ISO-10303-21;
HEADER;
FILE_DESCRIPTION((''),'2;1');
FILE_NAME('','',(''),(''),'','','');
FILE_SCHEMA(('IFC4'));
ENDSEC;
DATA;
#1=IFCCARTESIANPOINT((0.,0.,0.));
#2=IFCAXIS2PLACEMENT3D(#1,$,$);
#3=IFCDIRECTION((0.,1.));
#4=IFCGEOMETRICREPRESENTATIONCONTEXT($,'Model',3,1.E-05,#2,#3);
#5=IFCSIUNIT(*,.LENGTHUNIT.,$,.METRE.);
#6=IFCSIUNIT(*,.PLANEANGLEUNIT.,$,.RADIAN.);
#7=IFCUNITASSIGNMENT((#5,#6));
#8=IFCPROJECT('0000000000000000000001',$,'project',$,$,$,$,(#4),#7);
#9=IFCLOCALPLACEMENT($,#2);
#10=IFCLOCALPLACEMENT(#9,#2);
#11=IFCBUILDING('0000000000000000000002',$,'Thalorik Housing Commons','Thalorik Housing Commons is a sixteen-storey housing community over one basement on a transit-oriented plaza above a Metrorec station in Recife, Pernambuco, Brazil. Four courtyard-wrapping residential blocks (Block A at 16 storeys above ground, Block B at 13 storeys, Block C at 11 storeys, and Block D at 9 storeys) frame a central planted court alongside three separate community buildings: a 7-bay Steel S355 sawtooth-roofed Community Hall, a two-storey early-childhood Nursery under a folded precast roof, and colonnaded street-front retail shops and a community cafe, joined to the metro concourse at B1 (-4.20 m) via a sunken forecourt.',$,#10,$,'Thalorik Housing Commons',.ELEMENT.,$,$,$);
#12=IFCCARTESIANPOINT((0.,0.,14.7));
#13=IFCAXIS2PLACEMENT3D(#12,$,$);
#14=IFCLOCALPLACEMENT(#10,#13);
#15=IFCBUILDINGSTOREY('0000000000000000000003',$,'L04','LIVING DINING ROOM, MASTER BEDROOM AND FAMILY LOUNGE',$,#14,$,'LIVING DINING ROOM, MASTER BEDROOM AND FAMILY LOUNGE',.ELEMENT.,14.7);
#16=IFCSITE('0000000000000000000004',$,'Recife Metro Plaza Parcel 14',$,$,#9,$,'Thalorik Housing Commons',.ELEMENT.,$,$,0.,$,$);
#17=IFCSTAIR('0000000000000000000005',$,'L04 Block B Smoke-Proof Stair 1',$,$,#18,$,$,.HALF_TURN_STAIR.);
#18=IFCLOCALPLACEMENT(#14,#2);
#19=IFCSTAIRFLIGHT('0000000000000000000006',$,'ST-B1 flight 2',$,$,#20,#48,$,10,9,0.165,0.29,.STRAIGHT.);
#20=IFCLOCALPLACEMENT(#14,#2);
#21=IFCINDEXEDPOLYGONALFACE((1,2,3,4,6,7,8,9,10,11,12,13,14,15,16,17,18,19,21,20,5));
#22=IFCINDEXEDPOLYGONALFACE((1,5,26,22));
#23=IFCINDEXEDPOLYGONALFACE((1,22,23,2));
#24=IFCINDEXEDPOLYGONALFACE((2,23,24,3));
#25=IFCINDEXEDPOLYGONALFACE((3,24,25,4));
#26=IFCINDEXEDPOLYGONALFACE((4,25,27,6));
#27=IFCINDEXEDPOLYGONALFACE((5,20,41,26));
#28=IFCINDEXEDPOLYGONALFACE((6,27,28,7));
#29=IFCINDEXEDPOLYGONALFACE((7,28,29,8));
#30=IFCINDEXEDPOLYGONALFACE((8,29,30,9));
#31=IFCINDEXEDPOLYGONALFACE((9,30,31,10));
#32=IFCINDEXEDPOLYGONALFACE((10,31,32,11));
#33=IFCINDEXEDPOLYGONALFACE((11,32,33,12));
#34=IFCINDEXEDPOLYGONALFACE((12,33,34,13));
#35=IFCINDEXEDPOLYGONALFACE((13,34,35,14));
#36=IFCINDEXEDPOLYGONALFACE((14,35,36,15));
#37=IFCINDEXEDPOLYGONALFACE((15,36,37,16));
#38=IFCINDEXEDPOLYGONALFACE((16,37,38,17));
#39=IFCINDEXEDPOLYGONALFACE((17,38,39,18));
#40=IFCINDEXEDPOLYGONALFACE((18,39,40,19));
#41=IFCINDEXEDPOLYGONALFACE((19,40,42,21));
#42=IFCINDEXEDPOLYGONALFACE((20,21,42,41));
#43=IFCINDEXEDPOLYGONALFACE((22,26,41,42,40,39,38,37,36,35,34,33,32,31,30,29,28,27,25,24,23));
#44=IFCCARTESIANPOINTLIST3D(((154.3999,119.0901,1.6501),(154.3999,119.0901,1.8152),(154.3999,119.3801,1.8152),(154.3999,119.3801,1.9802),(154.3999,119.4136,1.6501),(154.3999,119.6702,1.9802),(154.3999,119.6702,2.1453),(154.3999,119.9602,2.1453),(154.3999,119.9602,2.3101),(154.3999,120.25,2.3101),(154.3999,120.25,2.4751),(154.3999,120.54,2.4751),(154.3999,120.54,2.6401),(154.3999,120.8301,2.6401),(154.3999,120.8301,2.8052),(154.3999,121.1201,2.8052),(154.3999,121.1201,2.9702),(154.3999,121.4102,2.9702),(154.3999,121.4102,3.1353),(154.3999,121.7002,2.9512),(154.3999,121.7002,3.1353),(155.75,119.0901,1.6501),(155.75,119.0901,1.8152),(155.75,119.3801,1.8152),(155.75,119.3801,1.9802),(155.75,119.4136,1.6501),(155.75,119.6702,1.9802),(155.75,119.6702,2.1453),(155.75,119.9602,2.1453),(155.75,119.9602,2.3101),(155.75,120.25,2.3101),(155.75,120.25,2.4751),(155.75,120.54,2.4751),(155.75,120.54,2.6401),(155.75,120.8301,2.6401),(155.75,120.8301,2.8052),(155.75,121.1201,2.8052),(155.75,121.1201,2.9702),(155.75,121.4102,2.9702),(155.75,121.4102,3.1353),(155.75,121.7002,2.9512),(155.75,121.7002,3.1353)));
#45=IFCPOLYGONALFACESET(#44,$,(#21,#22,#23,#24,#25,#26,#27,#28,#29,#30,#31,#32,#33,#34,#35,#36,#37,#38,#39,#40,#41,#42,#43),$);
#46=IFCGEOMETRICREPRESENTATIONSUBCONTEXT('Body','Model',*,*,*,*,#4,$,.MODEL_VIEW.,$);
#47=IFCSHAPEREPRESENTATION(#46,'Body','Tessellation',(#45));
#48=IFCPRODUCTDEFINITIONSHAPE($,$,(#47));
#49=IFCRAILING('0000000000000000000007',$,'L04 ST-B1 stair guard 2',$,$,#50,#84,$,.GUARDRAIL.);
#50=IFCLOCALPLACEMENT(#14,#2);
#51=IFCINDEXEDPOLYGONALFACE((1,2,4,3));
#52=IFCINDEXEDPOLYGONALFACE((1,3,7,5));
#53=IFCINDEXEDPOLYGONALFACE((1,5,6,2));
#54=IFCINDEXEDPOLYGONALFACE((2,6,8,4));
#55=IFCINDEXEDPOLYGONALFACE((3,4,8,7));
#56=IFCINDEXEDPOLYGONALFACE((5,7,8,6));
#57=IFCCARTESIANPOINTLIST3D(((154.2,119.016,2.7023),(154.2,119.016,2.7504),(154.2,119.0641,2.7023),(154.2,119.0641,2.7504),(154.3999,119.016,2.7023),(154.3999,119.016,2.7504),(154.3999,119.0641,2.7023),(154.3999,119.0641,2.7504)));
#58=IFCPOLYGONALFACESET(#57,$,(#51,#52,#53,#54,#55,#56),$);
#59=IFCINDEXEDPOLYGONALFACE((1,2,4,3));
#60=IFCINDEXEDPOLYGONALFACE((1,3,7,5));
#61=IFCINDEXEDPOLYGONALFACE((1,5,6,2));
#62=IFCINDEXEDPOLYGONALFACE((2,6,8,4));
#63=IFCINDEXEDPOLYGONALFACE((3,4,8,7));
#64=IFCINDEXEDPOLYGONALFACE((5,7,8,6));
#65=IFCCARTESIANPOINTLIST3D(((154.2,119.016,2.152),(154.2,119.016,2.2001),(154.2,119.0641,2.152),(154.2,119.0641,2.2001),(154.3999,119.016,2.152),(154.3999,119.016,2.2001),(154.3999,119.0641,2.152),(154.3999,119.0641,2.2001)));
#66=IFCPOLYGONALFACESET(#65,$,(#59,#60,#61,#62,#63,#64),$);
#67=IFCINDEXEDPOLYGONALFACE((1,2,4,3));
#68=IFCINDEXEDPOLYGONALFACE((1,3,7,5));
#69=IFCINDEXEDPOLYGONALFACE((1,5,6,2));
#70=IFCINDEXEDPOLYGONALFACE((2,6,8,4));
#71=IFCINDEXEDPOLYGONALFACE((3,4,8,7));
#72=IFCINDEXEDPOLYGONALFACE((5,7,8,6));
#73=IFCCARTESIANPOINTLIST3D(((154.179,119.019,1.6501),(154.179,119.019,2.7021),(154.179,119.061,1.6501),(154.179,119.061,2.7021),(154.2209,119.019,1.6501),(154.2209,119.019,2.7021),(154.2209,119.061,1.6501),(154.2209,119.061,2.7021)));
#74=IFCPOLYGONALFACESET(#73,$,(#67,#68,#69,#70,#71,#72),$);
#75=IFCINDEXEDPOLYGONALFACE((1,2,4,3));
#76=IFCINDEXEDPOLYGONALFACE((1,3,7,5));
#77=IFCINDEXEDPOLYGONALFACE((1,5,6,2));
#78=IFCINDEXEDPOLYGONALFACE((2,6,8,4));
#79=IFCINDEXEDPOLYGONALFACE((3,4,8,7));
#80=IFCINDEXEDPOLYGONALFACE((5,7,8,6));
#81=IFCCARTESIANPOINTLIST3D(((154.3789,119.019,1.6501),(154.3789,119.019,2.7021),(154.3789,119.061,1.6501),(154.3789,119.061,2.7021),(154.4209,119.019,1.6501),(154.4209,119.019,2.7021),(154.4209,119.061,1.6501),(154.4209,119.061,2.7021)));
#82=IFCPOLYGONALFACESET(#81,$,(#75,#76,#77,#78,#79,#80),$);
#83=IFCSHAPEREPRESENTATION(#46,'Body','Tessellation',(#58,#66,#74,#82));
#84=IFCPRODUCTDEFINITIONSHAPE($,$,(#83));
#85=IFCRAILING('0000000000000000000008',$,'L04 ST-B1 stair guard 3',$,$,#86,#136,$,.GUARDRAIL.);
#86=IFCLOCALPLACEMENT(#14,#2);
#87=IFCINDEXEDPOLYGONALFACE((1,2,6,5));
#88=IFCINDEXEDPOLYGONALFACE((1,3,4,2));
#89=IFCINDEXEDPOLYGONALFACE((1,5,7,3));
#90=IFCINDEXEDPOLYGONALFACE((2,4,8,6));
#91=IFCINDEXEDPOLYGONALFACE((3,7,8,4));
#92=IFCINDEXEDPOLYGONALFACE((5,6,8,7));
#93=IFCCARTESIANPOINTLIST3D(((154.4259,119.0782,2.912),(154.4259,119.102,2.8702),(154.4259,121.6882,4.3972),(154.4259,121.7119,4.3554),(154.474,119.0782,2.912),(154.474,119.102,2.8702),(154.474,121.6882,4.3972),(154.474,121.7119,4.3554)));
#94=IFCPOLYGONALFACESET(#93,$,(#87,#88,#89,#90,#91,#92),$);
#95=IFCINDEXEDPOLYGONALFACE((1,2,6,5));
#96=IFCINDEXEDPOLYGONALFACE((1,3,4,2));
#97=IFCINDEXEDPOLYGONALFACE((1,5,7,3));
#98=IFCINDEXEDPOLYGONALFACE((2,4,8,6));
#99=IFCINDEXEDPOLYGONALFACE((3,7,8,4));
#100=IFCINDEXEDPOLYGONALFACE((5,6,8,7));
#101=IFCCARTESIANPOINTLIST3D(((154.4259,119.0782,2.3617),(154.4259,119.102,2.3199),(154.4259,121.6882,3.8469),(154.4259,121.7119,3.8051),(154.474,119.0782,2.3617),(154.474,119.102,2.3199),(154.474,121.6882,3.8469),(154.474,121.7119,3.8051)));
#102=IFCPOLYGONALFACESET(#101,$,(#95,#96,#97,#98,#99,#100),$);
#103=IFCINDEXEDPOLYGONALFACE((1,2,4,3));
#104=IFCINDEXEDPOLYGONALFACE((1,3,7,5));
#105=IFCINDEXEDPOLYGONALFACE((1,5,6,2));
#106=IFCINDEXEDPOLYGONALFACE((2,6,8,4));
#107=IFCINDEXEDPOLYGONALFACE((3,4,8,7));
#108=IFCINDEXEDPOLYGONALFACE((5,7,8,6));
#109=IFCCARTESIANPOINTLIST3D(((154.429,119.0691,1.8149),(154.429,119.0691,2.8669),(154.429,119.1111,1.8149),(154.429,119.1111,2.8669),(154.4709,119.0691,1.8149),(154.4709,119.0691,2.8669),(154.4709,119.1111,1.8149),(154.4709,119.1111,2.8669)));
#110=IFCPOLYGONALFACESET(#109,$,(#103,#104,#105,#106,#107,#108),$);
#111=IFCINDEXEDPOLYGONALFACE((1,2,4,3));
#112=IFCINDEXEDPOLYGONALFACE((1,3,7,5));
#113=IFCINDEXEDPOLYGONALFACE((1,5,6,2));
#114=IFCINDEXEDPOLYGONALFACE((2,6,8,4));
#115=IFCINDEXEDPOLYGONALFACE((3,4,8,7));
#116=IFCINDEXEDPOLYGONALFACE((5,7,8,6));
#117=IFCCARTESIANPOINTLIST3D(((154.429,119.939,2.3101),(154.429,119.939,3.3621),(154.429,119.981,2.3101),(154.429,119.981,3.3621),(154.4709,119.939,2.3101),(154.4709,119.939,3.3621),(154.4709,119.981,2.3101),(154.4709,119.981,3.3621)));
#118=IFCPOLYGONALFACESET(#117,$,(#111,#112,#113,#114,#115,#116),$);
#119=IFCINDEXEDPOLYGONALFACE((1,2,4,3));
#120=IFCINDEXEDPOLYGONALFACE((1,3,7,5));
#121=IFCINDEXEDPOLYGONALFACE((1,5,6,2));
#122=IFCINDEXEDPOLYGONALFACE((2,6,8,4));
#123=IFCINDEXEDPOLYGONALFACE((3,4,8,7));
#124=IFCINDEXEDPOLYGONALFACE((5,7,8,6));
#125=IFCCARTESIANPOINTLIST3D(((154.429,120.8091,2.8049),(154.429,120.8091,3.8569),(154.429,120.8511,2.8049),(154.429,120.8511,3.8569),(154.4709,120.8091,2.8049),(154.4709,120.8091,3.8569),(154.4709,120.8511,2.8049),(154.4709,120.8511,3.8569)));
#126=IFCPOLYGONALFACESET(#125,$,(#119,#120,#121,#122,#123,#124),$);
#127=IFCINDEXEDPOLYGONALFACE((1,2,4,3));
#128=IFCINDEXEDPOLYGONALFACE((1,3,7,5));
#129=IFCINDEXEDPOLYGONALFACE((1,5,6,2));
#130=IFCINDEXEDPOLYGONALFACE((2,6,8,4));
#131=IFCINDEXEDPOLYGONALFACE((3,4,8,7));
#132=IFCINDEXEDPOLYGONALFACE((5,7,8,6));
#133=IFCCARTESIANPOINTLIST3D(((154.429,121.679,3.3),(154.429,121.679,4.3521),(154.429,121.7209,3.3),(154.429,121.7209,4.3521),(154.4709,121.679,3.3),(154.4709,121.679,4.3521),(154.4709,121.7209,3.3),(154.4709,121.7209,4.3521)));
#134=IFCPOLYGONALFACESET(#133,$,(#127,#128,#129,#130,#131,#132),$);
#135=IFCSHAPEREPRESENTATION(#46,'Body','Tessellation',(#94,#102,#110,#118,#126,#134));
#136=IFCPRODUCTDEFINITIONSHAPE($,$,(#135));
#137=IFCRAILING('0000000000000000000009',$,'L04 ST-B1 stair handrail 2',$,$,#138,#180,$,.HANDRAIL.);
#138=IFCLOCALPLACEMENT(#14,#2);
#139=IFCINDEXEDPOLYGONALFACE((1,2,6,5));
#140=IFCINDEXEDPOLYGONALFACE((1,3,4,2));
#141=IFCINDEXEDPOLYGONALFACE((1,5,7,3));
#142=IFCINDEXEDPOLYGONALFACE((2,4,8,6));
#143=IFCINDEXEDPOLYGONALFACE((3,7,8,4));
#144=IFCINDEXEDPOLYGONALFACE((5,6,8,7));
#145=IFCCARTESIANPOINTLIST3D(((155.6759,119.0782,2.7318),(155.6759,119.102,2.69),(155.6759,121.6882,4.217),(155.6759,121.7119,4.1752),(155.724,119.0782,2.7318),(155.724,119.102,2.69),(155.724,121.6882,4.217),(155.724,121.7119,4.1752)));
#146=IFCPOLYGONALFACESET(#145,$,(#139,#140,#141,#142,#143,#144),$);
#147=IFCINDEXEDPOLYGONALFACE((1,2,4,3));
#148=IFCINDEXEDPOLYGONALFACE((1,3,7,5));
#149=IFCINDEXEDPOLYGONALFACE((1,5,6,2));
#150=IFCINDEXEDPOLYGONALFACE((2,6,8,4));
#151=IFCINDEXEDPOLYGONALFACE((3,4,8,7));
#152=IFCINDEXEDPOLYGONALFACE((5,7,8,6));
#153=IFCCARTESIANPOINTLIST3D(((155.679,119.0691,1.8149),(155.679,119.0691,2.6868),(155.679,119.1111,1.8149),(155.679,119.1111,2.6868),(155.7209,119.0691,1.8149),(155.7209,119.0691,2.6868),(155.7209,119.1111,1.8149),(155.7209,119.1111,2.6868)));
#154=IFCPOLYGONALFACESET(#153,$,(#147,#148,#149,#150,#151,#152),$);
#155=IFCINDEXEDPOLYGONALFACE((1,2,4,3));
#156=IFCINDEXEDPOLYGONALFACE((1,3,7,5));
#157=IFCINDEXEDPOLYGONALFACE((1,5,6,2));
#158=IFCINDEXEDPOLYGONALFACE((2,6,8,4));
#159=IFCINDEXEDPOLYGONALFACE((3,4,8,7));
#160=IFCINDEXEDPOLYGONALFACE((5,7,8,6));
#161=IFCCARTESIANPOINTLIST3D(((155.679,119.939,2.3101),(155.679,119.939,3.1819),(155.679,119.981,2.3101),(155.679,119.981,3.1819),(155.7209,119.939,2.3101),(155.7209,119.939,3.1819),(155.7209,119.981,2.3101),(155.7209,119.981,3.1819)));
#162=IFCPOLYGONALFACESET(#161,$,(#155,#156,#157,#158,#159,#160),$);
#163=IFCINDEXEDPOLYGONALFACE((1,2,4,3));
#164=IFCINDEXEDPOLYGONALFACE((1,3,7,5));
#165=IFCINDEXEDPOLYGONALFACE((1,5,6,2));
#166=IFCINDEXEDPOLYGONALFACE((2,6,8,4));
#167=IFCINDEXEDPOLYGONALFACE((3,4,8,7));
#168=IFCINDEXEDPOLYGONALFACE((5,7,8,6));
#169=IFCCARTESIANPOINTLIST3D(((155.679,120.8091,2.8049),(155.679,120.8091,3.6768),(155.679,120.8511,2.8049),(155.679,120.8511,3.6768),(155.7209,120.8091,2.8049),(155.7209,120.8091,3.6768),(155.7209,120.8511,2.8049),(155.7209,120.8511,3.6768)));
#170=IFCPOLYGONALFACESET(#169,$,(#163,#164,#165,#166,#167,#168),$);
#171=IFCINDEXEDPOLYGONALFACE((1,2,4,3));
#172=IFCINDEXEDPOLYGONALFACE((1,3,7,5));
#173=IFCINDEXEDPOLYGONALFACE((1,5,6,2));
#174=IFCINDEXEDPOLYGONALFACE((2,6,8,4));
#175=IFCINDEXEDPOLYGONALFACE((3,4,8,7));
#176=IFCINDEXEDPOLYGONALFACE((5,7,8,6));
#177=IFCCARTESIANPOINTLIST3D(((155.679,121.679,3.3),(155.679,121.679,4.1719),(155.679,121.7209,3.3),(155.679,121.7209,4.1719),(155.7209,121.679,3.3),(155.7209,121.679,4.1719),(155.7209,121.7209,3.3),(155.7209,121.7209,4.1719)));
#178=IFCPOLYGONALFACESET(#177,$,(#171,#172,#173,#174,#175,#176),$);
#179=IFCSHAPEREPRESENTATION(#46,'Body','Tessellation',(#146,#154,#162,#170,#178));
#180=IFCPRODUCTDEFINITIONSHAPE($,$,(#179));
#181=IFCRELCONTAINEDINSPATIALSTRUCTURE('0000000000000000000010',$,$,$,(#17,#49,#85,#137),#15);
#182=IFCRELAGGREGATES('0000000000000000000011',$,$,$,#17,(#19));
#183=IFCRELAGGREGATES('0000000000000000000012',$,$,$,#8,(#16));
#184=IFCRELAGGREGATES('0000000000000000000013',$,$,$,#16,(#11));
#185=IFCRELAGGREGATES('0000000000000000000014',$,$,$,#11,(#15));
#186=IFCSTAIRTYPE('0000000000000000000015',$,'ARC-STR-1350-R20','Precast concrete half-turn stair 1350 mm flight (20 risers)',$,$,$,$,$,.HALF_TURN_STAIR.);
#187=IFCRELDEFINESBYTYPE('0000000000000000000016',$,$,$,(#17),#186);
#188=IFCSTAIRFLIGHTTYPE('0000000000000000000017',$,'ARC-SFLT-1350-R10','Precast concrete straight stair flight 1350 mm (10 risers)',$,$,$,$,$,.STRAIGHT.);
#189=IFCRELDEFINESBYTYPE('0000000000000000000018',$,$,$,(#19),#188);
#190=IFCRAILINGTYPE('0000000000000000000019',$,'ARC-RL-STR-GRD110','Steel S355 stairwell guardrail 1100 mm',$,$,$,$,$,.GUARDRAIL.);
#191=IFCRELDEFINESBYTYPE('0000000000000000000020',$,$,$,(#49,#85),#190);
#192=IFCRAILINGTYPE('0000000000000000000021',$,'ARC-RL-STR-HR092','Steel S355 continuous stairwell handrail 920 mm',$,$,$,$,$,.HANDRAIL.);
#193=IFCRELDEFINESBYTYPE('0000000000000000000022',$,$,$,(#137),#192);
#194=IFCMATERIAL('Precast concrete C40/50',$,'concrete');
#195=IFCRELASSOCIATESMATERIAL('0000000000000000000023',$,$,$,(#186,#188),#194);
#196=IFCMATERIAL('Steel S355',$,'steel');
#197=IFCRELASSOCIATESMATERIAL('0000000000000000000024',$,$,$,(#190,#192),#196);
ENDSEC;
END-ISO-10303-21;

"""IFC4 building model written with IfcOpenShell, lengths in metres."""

from ifc_helpers import new_model, si_unit, direction, frame, origin, origin_2d, place, context, subcontext, project, spatial, polyline, rectangle, outline, extrude, material, type_object, element, aggregate, save


model = new_model("IFC4")

# Units and contexts
model_context = context("Model", 3, precision=1e-05, world=origin(), true_north=direction((0.0, 1.0)))
body_context = subcontext(model_context, "Body", "Model", "MODEL_VIEW")
ifc_project = project(units=[si_unit("LENGTHUNIT", "METRE"), si_unit("PLANEANGLEUNIT", "RADIAN")], contexts=[model_context])

# Site, building, storey
site_placement = place(None, origin())
site = spatial("IfcSite", under=ifc_project, at=site_placement, Name="Recife Metro Plaza Parcel 14", LongName="Thalorik Housing Commons", CompositionType="ELEMENT", RefElevation=0.0)
building_placement = place(site_placement, origin())
building = spatial("IfcBuilding", under=site, at=building_placement, Name="Thalorik Housing Commons", Description="Thalorik Housing Commons is a sixteen-storey housing community over one basement on a transit-oriented plaza above a Metrorec station in Recife, Pernambuco, Brazil. Four courtyard-wrapping residential blocks (Block A at 16 storeys above ground, Block B at 13 storeys, Block C at 11 storeys, and Block D at 9 storeys) frame a central planted court alongside three separate community buildings: a 7-bay Steel S355 sawtooth-roofed Community Hall, a two-storey early-childhood Nursery under a folded precast roof, and colonnaded street-front retail shops and a community cafe, joined to the metro concourse at B1 (-4.20 m) via a sunken forecourt.", LongName="Thalorik Housing Commons", CompositionType="ELEMENT")
storey_placement = place(building_placement, frame((0.0, 0.0, 14.7)))
storey = spatial("IfcBuildingStorey", under=building, at=storey_placement, Name="L04", Description="LIVING DINING ROOM, MASTER BEDROOM AND FAMILY LOUNGE", LongName="LIVING DINING ROOM, MASTER BEDROOM AND FAMILY LOUNGE", CompositionType="ELEMENT", Elevation=14.7)

# Shared definitions
ifc_material_1 = material(Name="Precast concrete C40/50", Category="concrete")

# Shared definitions
ifc_material_2 = material(Name="Steel S355", Category="steel")

# Stair, stair flight
stair_type = type_object("IfcStairType", Name="ARC-STR-1350-R20", Description="Precast concrete half-turn stair 1350 mm flight (20 risers)", PredefinedType="HALF_TURN_STAIR", material=ifc_material_1)
stair_placement = place(storey_placement, origin())
stair = element("IfcStair", 1, at=stair_placement, inside=storey, type_object=stair_type, Name="L04 Block B Smoke-Proof Stair 1", PredefinedType="HALF_TURN_STAIR")
stair_flight_type = type_object("IfcStairFlightType", Name="ARC-SFLT-1350-R10", Description="Precast concrete straight stair flight 1350 mm (10 risers)", PredefinedType="STRAIGHT", material=ifc_material_1)
stair_flight_placement = place(storey_placement, frame((155.075, 119.0901, 1.6501), z_axis=(0.0, 0.0, 1.0), x_axis=(0.0, 1.0, 0.0)))
stair_flight = element("IfcStairFlight", 2, at=stair_flight_placement, type_object=stair_flight_type, Name="ST-B1 flight 2", NumberOfRisers=10, NumberOfTreads=9, PredefinedType="STRAIGHT", RiserHeight=0.165, TreadLength=0.29, context=body_context, shape_type="SweptSolid", body=[
    extrude(outline(polyline([(0.0, 0.0), (0.0, 0.165), (0.29, 0.165), (0.29, 0.3301), (0.5801, 0.3301), (0.5801, 0.4951), (0.8701, 0.4951), (0.8701, 0.6599), (1.1599, 0.6599), (1.1599, 0.825), (1.45, 0.825), (1.45, 0.99), (1.74, 0.99), (1.74, 1.155), (2.03, 1.155), (2.03, 1.3201), (2.3201, 1.3201), (2.3201, 1.4851), (2.6101, 1.4851), (2.6101, 1.6499), (2.6101, 1.301), (0.3235, 0.0), (0.0, 0.0)])), frame((0.0, 0.675, 0.0), z_axis=(0.0, -1.0, 0.0), x_axis=(1.0, 0.0, 0.0)), (0.0, 0.0, 1.0), 1.3501),
])
aggregate(stair, [stair_flight])

# Railings
railing_type_1 = type_object("IfcRailingType", Name="ARC-RL-STR-GRD110", Description="Steel S355 stairwell guardrail 1100 mm", PredefinedType="GUARDRAIL", material=ifc_material_2)
railing_1_placement = place(storey_placement, frame((154.2, 119.04, 1.6501)))
element("IfcRailing", 3, at=railing_1_placement, inside=storey, type_object=railing_type_1, Name="L04 ST-B1 stair guard 2", PredefinedType="GUARDRAIL", context=body_context, shape_type="SweptSolid", body=[
    extrude(rectangle(XDim=0.0481, YDim=0.0481, at=origin_2d()), frame((0.0, 0.0, 1.0762), z_axis=(1.0, 0.0, 0.0), x_axis=(0.0, 1.0, 0.0)), (0.0, 0.0, 1.0), 0.2),
    extrude(rectangle(XDim=0.0481, YDim=0.0481, at=origin_2d()), frame((0.0, 0.0, 0.5259), z_axis=(1.0, 0.0, 0.0), x_axis=(0.0, 1.0, 0.0)), (0.0, 0.0, 1.0), 0.2),
    extrude(rectangle(XDim=0.042, YDim=0.042, at=origin_2d()), origin(), (0.0, 0.0, 1.0), 1.052),
    extrude(rectangle(XDim=0.042, YDim=0.042, at=origin_2d()), frame((0.2, 0.0, 0.0)), (0.0, 0.0, 1.0), 1.052),
])
railing_2_placement = place(storey_placement, frame((154.45, 119.0901, 1.8149)))
element("IfcRailing", 4, at=railing_2_placement, inside=storey, type_object=railing_type_1, Name="L04 ST-B1 stair guard 3", PredefinedType="GUARDRAIL", context=body_context, shape_type="SweptSolid", body=[
    extrude(rectangle(XDim=0.0481, YDim=0.0481, at=origin_2d()), frame((0.0, 0.0, 1.0762), z_axis=(0.0, 0.869137, 0.494571), x_axis=(-1.0, 0.0, 0.0)), (0.0, 0.0, 1.0), 3.0029),
    extrude(rectangle(XDim=0.0481, YDim=0.0481, at=origin_2d()), frame((0.0, 0.0, 0.5259), z_axis=(0.0, 0.869137, 0.494571), x_axis=(-1.0, 0.0, 0.0)), (0.0, 0.0, 1.0), 3.0029),
    extrude(rectangle(XDim=0.042, YDim=0.042, at=origin_2d()), origin(), (0.0, 0.0, 1.0), 1.052),
    extrude(rectangle(XDim=0.042, YDim=0.042, at=origin_2d()), frame((0.0, 0.8699, 0.4951)), (0.0, 0.0, 1.0), 1.052),
    extrude(rectangle(XDim=0.042, YDim=0.042, at=origin_2d()), frame((0.0, 1.74, 0.99)), (0.0, 0.0, 1.0), 1.052),
    extrude(rectangle(XDim=0.042, YDim=0.042, at=origin_2d()), frame((0.0, 2.6099, 1.4851)), (0.0, 0.0, 1.0), 1.052),
])
railing_type_2 = type_object("IfcRailingType", Name="ARC-RL-STR-HR092", Description="Steel S355 continuous stairwell handrail 920 mm", PredefinedType="HANDRAIL", material=ifc_material_2)
railing_3_placement = place(storey_placement, frame((155.7, 119.0901, 1.8149)))
element("IfcRailing", 5, at=railing_3_placement, inside=storey, type_object=railing_type_2, Name="L04 ST-B1 stair handrail 2", PredefinedType="HANDRAIL", context=body_context, shape_type="SweptSolid", body=[
    extrude(rectangle(XDim=0.0481, YDim=0.0481, at=origin_2d()), frame((0.0, 0.0, 0.896), z_axis=(0.0, 0.869137, 0.494571), x_axis=(-1.0, 0.0, 0.0)), (0.0, 0.0, 1.0), 3.0029),
    extrude(rectangle(XDim=0.042, YDim=0.042, at=origin_2d()), origin(), (0.0, 0.0, 1.0), 0.8718),
    extrude(rectangle(XDim=0.042, YDim=0.042, at=origin_2d()), frame((0.0, 0.8699, 0.4951)), (0.0, 0.0, 1.0), 0.8718),
    extrude(rectangle(XDim=0.042, YDim=0.042, at=origin_2d()), frame((0.0, 1.74, 0.99)), (0.0, 0.0, 1.0), 0.8718),
    extrude(rectangle(XDim=0.042, YDim=0.042, at=origin_2d()), frame((0.0, 2.6099, 1.4851)), (0.0, 0.0, 1.0), 0.8718),
])

save(model, "model.ifc")
